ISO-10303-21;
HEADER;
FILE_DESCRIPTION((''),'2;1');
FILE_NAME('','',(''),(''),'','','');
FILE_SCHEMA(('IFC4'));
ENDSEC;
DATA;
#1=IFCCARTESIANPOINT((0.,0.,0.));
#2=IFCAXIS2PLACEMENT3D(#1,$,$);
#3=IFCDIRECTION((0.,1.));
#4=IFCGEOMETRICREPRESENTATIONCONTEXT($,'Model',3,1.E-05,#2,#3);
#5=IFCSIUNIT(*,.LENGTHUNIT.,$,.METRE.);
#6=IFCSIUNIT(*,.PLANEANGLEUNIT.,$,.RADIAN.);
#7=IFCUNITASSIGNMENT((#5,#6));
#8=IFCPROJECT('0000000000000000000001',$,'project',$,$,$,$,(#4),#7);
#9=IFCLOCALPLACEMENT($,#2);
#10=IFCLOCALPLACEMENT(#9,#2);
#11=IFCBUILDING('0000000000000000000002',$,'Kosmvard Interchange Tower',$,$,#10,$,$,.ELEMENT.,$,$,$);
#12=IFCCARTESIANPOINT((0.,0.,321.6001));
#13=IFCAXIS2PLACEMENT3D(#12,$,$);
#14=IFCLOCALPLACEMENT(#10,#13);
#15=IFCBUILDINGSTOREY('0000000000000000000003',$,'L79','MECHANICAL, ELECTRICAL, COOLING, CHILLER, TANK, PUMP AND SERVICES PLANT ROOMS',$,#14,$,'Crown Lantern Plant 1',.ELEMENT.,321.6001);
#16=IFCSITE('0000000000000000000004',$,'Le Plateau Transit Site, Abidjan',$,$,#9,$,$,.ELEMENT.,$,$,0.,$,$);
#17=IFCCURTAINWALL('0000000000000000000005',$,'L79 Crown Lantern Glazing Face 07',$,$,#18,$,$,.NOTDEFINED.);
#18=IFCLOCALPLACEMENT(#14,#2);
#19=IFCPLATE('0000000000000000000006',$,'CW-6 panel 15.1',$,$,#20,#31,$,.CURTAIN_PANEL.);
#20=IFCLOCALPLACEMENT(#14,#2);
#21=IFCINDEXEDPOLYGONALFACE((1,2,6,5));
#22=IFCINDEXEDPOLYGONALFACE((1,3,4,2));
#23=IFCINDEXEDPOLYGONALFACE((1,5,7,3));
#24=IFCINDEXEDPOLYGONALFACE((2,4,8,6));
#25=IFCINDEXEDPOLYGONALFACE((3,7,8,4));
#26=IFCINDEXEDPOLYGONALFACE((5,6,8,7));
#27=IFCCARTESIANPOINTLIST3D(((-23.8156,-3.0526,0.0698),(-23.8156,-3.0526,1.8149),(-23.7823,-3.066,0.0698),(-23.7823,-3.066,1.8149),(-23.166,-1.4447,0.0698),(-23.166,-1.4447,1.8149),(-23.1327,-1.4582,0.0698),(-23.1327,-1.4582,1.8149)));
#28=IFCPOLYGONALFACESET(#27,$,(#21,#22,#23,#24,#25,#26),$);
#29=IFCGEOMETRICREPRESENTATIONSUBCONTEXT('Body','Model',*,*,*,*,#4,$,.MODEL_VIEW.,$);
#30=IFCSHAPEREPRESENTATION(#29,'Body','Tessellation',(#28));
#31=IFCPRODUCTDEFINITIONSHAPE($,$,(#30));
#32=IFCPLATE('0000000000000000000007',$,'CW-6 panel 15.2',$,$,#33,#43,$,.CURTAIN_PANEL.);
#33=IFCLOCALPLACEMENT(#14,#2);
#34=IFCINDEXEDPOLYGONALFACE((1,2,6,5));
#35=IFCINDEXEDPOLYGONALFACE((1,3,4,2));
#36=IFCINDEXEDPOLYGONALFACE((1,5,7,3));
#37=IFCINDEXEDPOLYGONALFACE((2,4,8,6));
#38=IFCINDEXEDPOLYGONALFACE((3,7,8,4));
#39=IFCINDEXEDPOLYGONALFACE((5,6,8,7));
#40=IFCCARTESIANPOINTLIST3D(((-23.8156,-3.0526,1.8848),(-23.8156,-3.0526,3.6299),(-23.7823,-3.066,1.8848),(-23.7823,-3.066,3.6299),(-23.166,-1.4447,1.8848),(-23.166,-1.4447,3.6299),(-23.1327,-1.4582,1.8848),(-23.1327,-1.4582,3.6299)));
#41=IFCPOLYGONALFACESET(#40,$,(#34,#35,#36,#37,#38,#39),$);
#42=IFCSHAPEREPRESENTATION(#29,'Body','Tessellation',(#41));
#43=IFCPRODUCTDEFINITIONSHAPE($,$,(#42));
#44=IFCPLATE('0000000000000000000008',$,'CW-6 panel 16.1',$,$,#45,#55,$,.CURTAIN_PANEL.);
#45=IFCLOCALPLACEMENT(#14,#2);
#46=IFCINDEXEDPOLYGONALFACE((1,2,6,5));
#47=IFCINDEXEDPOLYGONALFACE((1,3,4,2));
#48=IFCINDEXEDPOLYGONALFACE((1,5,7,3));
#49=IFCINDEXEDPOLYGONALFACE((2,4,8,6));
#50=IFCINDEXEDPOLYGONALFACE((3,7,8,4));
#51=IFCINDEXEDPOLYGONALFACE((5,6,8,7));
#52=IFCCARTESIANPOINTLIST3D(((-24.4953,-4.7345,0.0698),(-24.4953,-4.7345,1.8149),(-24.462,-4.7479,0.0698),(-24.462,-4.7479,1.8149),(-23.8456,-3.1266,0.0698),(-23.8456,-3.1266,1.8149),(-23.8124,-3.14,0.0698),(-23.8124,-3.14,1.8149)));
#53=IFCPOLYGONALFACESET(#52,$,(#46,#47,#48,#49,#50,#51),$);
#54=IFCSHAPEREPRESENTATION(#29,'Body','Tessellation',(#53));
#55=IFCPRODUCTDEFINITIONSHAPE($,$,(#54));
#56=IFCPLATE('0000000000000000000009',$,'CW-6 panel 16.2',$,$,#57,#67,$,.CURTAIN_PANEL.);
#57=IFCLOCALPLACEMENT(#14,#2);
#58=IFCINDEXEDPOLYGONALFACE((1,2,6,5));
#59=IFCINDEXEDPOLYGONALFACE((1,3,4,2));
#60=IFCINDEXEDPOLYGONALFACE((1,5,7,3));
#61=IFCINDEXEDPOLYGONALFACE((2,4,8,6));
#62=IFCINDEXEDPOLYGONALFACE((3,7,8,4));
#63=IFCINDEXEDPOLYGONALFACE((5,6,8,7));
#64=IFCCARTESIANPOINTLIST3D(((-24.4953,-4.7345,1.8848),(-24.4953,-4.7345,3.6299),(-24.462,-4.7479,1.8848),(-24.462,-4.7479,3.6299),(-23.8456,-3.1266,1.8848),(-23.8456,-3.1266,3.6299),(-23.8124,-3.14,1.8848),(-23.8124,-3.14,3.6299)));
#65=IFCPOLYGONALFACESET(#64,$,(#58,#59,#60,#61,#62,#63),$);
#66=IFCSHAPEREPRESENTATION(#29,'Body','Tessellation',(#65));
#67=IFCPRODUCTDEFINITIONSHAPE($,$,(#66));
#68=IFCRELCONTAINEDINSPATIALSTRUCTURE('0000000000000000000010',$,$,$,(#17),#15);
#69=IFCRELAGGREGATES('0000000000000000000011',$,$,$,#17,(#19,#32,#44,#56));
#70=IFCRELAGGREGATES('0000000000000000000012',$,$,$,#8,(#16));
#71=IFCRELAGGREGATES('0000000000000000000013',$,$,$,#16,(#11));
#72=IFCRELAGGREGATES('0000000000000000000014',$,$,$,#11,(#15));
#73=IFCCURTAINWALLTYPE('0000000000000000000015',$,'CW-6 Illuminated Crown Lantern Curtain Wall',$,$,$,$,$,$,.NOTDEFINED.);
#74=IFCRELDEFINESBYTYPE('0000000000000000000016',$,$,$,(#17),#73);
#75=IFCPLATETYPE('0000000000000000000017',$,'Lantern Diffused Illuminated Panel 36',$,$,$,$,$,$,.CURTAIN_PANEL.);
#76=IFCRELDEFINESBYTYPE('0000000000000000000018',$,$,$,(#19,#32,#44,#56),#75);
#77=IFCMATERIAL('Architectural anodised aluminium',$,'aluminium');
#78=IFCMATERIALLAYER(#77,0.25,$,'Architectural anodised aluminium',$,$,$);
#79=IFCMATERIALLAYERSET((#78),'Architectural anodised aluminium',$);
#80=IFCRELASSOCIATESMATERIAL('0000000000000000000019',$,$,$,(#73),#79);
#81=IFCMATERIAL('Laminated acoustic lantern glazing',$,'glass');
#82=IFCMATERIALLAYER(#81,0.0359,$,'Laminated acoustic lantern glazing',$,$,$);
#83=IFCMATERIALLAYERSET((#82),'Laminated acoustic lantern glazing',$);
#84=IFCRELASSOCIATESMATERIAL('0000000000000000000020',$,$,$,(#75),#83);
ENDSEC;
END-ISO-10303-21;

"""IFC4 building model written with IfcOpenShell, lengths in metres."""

from ifc_helpers import new_model, si_unit, direction, frame, origin, origin_2d, place, context, subcontext, project, spatial, rectangle, extrude, source, transform, mapped, material, layer, layer_set, type_object, element, aggregate, save


model = new_model("IFC4")

# Units and contexts
model_context = context("Model", 3, precision=1e-05, world=origin(), true_north=direction((0.0, 1.0)))
body_context = subcontext(model_context, "Body", "Model", "MODEL_VIEW")
ifc_project = project(units=[si_unit("LENGTHUNIT", "METRE"), si_unit("PLANEANGLEUNIT", "RADIAN")], contexts=[model_context])

# Site, building, storey
site_placement = place(None, origin())
site = spatial("IfcSite", under=ifc_project, at=site_placement, Name="Le Plateau Transit Site, Abidjan", CompositionType="ELEMENT", RefElevation=0.0)
building_placement = place(site_placement, origin())
building = spatial("IfcBuilding", under=site, at=building_placement, Name="Kosmvard Interchange Tower", CompositionType="ELEMENT")
storey_placement = place(building_placement, frame((0.0, 0.0, 321.6001)))
storey = spatial("IfcBuildingStorey", under=building, at=storey_placement, Name="L79", Description="MECHANICAL, ELECTRICAL, COOLING, CHILLER, TANK, PUMP AND SERVICES PLANT ROOMS", LongName="Crown Lantern Plant 1", CompositionType="ELEMENT", Elevation=321.6001)

# Curtain wall
ifc_material_1 = material(Name="Architectural anodised aluminium", Category="aluminium")
ifc_layer_1 = layer(ifc_material_1, 0.25, Name="Architectural anodised aluminium")
ifc_layer_set_1 = layer_set([ifc_layer_1], Name="Architectural anodised aluminium")
curtain_wall_type = type_object("IfcCurtainWallType", Name="CW-6 Illuminated Crown Lantern Curtain Wall", PredefinedType="NOTDEFINED", material=ifc_layer_set_1)
curtain_wall_placement = place(storey_placement, origin())
curtain_wall = element("IfcCurtainWall", 1, at=curtain_wall_placement, inside=storey, type_object=curtain_wall_type, Name="L79 Crown Lantern Glazing Face 07", PredefinedType="NOTDEFINED")

# Plates
ifc_material_2 = material(Name="Laminated acoustic lantern glazing", Category="glass")
ifc_layer_2 = layer(ifc_material_2, 0.0359, Name="Laminated acoustic lantern glazing")
ifc_layer_set_2 = layer_set([ifc_layer_2], Name="Laminated acoustic lantern glazing")
plate_type_1 = type_object("IfcPlateType", Name="Lantern Diffused Illuminated Panel 36", PredefinedType="CURTAIN_PANEL", material=ifc_layer_set_2)
shared_shape_1 = source(origin(), body_context, "Body", "SweptSolid", [
    extrude(rectangle(XDim=1.7341, YDim=0.0359, at=origin_2d()), origin(), (0.0, 0.0, 1.0), 1.7451),
])
plate_1_placement = place(storey_placement, frame((-23.4741, -2.2554, 0.0698), z_axis=(0.0, 0.0, 1.0), x_axis=(-0.374607, -0.927184, 0.0)))
plate_1 = element("IfcPlate", 2, at=plate_1_placement, type_object=plate_type_1, Name="CW-6 panel 15.1", PredefinedType="CURTAIN_PANEL", context=body_context, shape_type="MappedRepresentation", body=[
    mapped(shared_shape_1, transform((0.0, 0.0, 0.0), scale=1.0)),
])
plate_2_placement = place(storey_placement, frame((-23.4741, -2.2554, 1.8848), z_axis=(0.0, 0.0, 1.0), x_axis=(-0.374607, -0.927184, 0.0)))
plate_2 = element("IfcPlate", 3, at=plate_2_placement, type_object=plate_type_1, Name="CW-6 panel 15.2", PredefinedType="CURTAIN_PANEL", context=body_context, shape_type="MappedRepresentation", body=[
    mapped(shared_shape_1, transform((0.0, 0.0, 0.0), scale=1.0)),
])
plate_3_placement = place(storey_placement, frame((-24.1538, -3.9373, 0.0698), z_axis=(0.0, 0.0, 1.0), x_axis=(-0.374607, -0.927184, 0.0)))
plate_3 = element("IfcPlate", 4, at=plate_3_placement, type_object=plate_type_1, Name="CW-6 panel 16.1", PredefinedType="CURTAIN_PANEL", context=body_context, shape_type="MappedRepresentation", body=[
    mapped(shared_shape_1, transform((0.0, 0.0, 0.0), scale=1.0)),
])
plate_4_placement = place(storey_placement, frame((-24.1538, -3.9373, 1.8848), z_axis=(0.0, 0.0, 1.0), x_axis=(-0.374607, -0.927184, 0.0)))
plate_4 = element("IfcPlate", 5, at=plate_4_placement, type_object=plate_type_1, Name="CW-6 panel 16.2", PredefinedType="CURTAIN_PANEL", context=body_context, shape_type="MappedRepresentation", body=[
    mapped(shared_shape_1, transform((0.0, 0.0, 0.0), scale=1.0)),
])
aggregate(curtain_wall, [plate_1, plate_2, plate_3, plate_4])

save(model, "model.ifc")
